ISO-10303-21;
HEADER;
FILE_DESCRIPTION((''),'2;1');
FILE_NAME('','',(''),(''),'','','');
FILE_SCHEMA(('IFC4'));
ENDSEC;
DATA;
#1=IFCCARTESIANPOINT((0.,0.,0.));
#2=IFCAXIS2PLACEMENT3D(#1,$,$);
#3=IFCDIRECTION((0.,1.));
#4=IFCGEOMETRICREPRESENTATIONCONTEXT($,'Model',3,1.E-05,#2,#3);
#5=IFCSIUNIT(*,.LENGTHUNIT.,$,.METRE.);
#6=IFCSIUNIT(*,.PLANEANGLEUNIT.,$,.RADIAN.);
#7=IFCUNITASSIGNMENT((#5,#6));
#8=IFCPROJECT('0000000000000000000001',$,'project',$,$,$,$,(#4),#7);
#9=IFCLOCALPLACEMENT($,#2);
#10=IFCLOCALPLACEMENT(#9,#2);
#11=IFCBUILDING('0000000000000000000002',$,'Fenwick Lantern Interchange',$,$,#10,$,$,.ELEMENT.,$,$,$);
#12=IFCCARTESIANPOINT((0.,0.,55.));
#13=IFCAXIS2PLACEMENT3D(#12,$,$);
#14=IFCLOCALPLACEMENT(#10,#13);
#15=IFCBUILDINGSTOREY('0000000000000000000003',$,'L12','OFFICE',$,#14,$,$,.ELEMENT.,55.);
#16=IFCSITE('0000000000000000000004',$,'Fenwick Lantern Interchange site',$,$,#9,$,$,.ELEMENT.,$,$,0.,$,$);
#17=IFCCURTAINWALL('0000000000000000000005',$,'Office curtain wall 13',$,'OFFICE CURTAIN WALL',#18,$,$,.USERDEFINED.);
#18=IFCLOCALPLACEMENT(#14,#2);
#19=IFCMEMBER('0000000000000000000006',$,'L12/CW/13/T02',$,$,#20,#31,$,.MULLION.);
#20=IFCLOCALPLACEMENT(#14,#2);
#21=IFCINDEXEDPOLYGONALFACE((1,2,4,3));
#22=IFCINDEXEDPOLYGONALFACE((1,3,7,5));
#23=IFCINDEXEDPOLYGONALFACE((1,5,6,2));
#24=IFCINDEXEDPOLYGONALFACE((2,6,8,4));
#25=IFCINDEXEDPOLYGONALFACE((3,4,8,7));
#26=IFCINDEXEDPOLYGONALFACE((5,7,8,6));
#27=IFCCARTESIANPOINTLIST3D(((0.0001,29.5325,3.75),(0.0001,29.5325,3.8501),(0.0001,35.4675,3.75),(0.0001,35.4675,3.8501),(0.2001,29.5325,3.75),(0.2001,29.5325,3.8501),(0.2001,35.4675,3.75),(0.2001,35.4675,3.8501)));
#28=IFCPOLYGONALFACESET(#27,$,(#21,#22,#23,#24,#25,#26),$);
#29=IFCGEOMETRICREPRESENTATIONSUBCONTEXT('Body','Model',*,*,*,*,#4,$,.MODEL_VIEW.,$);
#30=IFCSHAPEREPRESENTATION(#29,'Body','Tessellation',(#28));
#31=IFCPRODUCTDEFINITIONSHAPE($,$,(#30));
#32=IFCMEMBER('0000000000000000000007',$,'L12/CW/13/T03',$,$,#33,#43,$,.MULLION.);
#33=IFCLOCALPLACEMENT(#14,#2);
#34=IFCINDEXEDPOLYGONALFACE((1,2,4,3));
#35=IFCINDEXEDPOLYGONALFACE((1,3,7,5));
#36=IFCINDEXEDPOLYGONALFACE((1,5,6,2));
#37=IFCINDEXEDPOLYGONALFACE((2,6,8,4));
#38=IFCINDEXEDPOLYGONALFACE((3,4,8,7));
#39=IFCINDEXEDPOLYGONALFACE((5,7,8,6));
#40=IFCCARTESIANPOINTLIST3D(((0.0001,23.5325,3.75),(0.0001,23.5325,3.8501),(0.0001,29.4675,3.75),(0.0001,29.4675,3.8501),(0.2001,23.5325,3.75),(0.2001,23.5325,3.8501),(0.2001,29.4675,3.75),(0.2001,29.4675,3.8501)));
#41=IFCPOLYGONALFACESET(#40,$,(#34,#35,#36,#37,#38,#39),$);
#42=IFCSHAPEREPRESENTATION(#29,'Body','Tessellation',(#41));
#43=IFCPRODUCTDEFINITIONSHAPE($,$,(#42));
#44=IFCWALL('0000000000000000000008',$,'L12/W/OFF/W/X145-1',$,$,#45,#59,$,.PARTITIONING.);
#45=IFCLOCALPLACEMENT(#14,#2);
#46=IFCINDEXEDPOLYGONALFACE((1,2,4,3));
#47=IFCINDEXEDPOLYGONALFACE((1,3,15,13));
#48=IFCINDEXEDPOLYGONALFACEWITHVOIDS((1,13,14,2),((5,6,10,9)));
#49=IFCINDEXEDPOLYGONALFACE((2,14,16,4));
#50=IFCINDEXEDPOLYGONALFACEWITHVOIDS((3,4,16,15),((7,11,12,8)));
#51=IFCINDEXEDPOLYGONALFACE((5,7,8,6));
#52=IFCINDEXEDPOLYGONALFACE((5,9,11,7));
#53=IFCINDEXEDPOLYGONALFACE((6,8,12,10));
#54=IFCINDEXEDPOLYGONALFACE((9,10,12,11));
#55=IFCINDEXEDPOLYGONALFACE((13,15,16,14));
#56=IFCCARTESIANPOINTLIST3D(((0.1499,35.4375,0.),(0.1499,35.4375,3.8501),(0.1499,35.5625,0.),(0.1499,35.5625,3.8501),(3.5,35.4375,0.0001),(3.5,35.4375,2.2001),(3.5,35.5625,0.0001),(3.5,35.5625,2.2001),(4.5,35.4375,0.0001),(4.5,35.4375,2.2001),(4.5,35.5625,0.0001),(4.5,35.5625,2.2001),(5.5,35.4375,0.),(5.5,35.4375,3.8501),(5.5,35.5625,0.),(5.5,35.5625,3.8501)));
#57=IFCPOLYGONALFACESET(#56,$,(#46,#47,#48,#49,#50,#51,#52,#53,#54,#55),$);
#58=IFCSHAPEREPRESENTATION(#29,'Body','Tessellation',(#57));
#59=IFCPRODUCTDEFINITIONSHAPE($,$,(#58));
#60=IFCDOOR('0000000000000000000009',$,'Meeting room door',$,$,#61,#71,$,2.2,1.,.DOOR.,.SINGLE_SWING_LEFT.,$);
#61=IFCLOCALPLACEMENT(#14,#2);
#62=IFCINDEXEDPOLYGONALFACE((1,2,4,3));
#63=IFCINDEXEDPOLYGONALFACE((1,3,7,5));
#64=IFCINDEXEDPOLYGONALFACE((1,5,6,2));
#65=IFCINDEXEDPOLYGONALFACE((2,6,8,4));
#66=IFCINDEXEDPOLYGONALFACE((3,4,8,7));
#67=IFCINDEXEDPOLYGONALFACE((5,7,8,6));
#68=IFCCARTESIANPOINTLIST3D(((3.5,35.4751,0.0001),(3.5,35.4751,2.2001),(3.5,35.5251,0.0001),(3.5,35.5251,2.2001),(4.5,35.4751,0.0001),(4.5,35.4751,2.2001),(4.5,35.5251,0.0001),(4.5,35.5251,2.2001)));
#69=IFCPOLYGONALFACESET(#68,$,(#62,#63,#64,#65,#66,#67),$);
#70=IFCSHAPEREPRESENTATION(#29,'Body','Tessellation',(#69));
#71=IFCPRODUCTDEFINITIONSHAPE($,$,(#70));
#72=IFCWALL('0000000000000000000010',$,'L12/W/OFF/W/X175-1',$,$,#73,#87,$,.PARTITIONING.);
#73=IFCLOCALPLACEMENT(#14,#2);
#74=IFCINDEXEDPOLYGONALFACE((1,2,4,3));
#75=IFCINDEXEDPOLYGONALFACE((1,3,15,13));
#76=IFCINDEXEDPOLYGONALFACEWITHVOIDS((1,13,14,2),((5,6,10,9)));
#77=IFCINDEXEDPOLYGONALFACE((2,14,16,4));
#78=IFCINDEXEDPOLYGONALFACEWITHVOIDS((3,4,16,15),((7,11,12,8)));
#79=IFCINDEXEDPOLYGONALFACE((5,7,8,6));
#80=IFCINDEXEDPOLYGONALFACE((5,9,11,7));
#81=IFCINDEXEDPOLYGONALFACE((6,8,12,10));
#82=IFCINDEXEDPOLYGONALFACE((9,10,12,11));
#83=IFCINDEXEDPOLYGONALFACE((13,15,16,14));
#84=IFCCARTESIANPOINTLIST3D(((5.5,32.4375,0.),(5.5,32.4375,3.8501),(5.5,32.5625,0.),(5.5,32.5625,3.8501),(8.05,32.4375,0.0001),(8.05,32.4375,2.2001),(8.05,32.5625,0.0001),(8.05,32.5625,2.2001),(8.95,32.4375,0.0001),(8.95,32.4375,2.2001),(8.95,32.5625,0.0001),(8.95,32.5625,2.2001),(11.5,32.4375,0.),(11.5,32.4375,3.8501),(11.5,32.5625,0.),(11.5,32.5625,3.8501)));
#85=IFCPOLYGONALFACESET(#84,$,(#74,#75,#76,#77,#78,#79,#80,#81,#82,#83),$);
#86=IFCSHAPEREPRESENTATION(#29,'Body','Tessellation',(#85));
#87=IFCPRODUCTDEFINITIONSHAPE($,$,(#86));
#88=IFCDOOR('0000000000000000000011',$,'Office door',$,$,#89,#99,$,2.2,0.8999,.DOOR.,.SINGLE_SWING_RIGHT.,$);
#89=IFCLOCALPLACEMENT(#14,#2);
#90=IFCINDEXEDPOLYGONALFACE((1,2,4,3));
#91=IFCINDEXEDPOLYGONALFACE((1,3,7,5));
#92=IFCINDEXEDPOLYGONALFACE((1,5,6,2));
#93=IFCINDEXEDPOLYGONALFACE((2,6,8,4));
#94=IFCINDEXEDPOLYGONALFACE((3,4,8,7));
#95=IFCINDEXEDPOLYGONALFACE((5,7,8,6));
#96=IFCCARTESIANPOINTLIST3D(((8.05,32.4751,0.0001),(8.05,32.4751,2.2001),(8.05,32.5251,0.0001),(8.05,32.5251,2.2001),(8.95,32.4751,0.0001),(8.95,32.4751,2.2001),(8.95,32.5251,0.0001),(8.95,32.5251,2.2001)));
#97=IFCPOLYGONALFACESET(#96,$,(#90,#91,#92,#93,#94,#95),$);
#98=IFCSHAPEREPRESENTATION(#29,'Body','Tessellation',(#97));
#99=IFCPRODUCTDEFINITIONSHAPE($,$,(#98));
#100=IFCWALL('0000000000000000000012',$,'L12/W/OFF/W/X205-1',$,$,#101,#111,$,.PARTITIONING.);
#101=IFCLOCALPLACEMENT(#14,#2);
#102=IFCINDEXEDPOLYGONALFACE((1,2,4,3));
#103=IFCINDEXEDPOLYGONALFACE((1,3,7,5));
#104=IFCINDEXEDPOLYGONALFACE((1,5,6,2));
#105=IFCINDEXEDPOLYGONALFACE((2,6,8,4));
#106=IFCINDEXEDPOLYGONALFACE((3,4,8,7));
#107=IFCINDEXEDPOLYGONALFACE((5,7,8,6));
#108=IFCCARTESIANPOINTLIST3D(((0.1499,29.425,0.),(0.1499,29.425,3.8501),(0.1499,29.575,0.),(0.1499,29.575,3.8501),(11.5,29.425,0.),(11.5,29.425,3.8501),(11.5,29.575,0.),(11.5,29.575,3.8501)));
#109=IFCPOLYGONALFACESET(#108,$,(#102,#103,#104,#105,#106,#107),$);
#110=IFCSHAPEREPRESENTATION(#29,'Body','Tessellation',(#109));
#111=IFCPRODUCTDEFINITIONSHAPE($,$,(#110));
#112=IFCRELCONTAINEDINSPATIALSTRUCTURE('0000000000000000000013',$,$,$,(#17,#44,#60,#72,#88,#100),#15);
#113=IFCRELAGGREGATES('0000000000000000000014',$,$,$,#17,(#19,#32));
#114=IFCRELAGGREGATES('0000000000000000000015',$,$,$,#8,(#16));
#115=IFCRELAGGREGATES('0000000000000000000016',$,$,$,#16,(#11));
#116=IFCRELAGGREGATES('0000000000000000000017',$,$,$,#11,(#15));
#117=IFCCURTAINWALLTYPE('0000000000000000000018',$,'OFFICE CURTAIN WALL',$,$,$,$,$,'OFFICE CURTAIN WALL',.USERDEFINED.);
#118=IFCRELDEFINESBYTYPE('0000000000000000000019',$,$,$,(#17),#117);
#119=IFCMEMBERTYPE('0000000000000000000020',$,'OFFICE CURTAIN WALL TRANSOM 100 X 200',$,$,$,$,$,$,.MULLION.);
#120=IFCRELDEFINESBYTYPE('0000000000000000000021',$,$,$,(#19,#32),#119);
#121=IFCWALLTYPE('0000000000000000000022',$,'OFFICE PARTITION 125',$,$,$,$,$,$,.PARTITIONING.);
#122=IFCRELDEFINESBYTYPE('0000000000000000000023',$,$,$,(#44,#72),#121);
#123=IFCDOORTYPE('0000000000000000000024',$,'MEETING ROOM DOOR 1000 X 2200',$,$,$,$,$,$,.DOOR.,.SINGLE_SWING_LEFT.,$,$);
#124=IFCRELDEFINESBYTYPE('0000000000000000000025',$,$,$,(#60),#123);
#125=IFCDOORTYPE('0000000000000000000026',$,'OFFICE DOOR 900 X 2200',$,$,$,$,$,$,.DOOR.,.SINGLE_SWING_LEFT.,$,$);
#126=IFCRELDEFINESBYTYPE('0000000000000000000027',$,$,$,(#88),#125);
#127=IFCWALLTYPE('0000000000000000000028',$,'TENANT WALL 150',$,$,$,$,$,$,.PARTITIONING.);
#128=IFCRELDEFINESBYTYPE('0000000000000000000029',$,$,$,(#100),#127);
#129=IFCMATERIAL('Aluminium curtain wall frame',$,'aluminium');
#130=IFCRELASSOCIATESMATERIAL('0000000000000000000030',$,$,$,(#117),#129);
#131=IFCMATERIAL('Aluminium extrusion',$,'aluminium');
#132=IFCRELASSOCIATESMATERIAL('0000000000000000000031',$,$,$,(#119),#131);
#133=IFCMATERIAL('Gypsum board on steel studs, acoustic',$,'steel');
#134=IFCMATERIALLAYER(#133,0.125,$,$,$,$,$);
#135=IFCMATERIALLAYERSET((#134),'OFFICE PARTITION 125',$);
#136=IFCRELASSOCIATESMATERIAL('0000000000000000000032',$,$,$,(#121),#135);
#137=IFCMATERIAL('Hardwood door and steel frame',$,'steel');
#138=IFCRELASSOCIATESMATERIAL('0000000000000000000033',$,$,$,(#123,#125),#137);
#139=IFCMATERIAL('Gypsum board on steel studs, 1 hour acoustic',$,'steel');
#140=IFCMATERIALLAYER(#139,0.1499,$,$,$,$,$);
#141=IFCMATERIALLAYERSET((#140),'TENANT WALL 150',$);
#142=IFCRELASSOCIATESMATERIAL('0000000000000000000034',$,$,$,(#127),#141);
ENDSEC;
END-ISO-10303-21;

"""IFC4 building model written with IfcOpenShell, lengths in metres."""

from ifc_helpers import new_model, si_unit, direction, frame, frame_2d, origin, origin_2d, place, context, subcontext, project, spatial, rectangle, extrude, material, layer, layer_set, material_profile, profile_set, type_object, element, fill, aggregate, save


model = new_model("IFC4")

# Units and contexts
model_context = context("Model", 3, precision=1e-05, world=origin(), true_north=direction((0.0, 1.0)))
body_context = subcontext(model_context, "Body", "Model", "MODEL_VIEW")
ifc_project = project(units=[si_unit("LENGTHUNIT", "METRE"), si_unit("PLANEANGLEUNIT", "RADIAN")], contexts=[model_context])

# Site, building, storey
site_placement = place(None, origin())
site = spatial("IfcSite", under=ifc_project, at=site_placement, Name="Fenwick Lantern Interchange site", CompositionType="ELEMENT", RefElevation=0.0)
building_placement = place(site_placement, origin())
building = spatial("IfcBuilding", under=site, at=building_placement, Name="Fenwick Lantern Interchange", CompositionType="ELEMENT")
storey_placement = place(building_placement, frame((0.0, 0.0, 55.0)))
storey = spatial("IfcBuildingStorey", under=building, at=storey_placement, Name="L12", Description="OFFICE", CompositionType="ELEMENT", Elevation=55.0)

# Curtain wall, members
ifc_material_1 = material(Name="Aluminium curtain wall frame", Category="aluminium")
curtain_wall_type = type_object("IfcCurtainWallType", Name="OFFICE CURTAIN WALL", ElementType="OFFICE CURTAIN WALL", PredefinedType="USERDEFINED", material=ifc_material_1)
curtain_wall_placement = place(storey_placement, origin())
curtain_wall = element("IfcCurtainWall", 1, at=curtain_wall_placement, inside=storey, type_object=curtain_wall_type, Name="Office curtain wall 13", ObjectType="OFFICE CURTAIN WALL", PredefinedType="USERDEFINED")
ifc_material_2 = material(Name="Aluminium extrusion", Category="aluminium")
ifc_material_profile_1 = material_profile(ifc_material_2, rectangle(XDim=0.2, YDim=0.1001, at=origin_2d()), Name="OFFICE CURTAIN WALL TRANSOM 100 X 200")
ifc_profile_set_1 = profile_set([ifc_material_profile_1], Name="Aluminium extrusion")
member_type_1 = type_object("IfcMemberType", Name="OFFICE CURTAIN WALL TRANSOM 100 X 200", PredefinedType="MULLION", material=ifc_profile_set_1)
member_1_placement = place(storey_placement, frame((0.1001, 35.4675, 3.8), z_axis=(0.0, -1.0, 0.0), x_axis=(1.0, 0.0, 0.0)))
member_1 = element("IfcMember", 2, at=member_1_placement, type_object=member_type_1, Name="L12/CW/13/T02", PredefinedType="MULLION", context=body_context, shape_type="SweptSolid", body=[
    extrude(rectangle(XDim=0.2, YDim=0.1001, at=origin_2d()), origin(), (0.0, 0.0, 1.0), 5.9351),
])
member_2_placement = place(storey_placement, frame((0.1001, 29.4675, 3.8), z_axis=(0.0, -1.0, 0.0), x_axis=(1.0, 0.0, 0.0)))
member_2 = element("IfcMember", 3, at=member_2_placement, type_object=member_type_1, Name="L12/CW/13/T03", PredefinedType="MULLION", context=body_context, shape_type="SweptSolid", body=[
    extrude(rectangle(XDim=0.2, YDim=0.1001, at=origin_2d()), origin(), (0.0, 0.0, 1.0), 5.9351),
])
aggregate(curtain_wall, [member_1, member_2])

# Walls, openings, doors
ifc_material_3 = material(Name="Gypsum board on steel studs, acoustic", Category="steel")
ifc_layer_1 = layer(ifc_material_3, 0.125)
ifc_layer_set_1 = layer_set([ifc_layer_1], Name="OFFICE PARTITION 125")
wall_type_1 = type_object("IfcWallType", Name="OFFICE PARTITION 125", PredefinedType="PARTITIONING", material=ifc_layer_set_1)
wall_1_placement = place(storey_placement, frame((0.1499, 35.5, 0.0), z_axis=(0.0, 0.0, 1.0), x_axis=(1.0, 0.0, 0.0)))
wall_1 = element("IfcWall", 4, at=wall_1_placement, inside=storey, type_object=wall_type_1, Name="L12/W/OFF/W/X145-1", PredefinedType="PARTITIONING", context=body_context, shape_type="SweptSolid", body=[
    extrude(rectangle(XDim=5.3501, YDim=0.125, at=frame_2d((2.675, 0.0))), origin(), (0.0, 0.0, 1.0), 3.8501),
])
opening_1_placement = place(wall_1_placement, frame((3.3501, 0.0, 0.0)))
opening_1 = element("IfcOpeningElement", 5, at=opening_1_placement, cuts=wall_1, PredefinedType="OPENING", context=body_context, shape_type="SweptSolid", body=[
    extrude(rectangle(XDim=1.0, YDim=2.2, at=frame_2d((0.5, 1.1001))), frame((0.0, 0.0725, 0.0), z_axis=(0.0, -1.0, 0.0), x_axis=(1.0, 0.0, 0.0)), (0.0, 0.0, 1.0), 0.145),
])
ifc_material_4 = material(Name="Hardwood door and steel frame", Category="steel")
door_type_1 = type_object("IfcDoorType", Name="MEETING ROOM DOOR 1000 X 2200", OperationType="SINGLE_SWING_LEFT", PredefinedType="DOOR", material=ifc_material_4)
door_1_placement = place(opening_1_placement, frame((1.0, 0.0, 0.0), z_axis=(0.0, 0.0, 1.0), x_axis=(-1.0, 0.0, 0.0)))
door_1 = element("IfcDoor", 6, at=door_1_placement, inside=storey, type_object=door_type_1, Name="Meeting room door", OperationType="SINGLE_SWING_LEFT", OverallHeight=2.2, OverallWidth=1.0, PredefinedType="DOOR", context=body_context, shape_type="SweptSolid", body=[
    extrude(rectangle(XDim=1.0, YDim=2.2, at=frame_2d((0.5, 1.1001))), frame((0.0, 0.0249, 0.0), z_axis=(0.0, -1.0, 0.0), x_axis=(1.0, 0.0, 0.0)), (0.0, 0.0, 1.0), 0.05),
])
fill(opening_1, door_1)
wall_2_placement = place(storey_placement, frame((5.5, 32.5, 0.0), z_axis=(0.0, 0.0, 1.0), x_axis=(1.0, 0.0, 0.0)))
wall_2 = element("IfcWall", 7, at=wall_2_placement, inside=storey, type_object=wall_type_1, Name="L12/W/OFF/W/X175-1", PredefinedType="PARTITIONING", context=body_context, shape_type="SweptSolid", body=[
    extrude(rectangle(XDim=6.0, YDim=0.125, at=frame_2d((3.0, 0.0))), origin(), (0.0, 0.0, 1.0), 3.8501),
])
opening_2_placement = place(wall_2_placement, frame((2.55, 0.0, 0.0)))
opening_2 = element("IfcOpeningElement", 8, at=opening_2_placement, cuts=wall_2, PredefinedType="OPENING", context=body_context, shape_type="SweptSolid", body=[
    extrude(rectangle(XDim=0.8999, YDim=2.2, at=frame_2d((0.45, 1.1001))), frame((0.0, 0.0725, 0.0), z_axis=(0.0, -1.0, 0.0), x_axis=(1.0, 0.0, 0.0)), (0.0, 0.0, 1.0), 0.145),
])
door_type_2 = type_object("IfcDoorType", Name="OFFICE DOOR 900 X 2200", OperationType="SINGLE_SWING_LEFT", PredefinedType="DOOR", material=ifc_material_4)
door_2_placement = place(opening_2_placement, frame((0.8999, 0.0, 0.0), z_axis=(0.0, 0.0, 1.0), x_axis=(-1.0, 0.0, 0.0)))
door_2 = element("IfcDoor", 9, at=door_2_placement, inside=storey, type_object=door_type_2, Name="Office door", OperationType="SINGLE_SWING_RIGHT", OverallHeight=2.2, OverallWidth=0.8999, PredefinedType="DOOR", context=body_context, shape_type="SweptSolid", body=[
    extrude(rectangle(XDim=0.8999, YDim=2.2, at=frame_2d((0.45, 1.1001))), frame((0.0, 0.0249, 0.0), z_axis=(0.0, -1.0, 0.0), x_axis=(1.0, 0.0, 0.0)), (0.0, 0.0, 1.0), 0.05),
])
fill(opening_2, door_2)

# Wall
ifc_material_5 = material(Name="Gypsum board on steel studs, 1 hour acoustic", Category="steel")
ifc_layer_2 = layer(ifc_material_5, 0.1499)
ifc_layer_set_2 = layer_set([ifc_layer_2], Name="TENANT WALL 150")
wall_type_2 = type_object("IfcWallType", Name="TENANT WALL 150", PredefinedType="PARTITIONING", material=ifc_layer_set_2)
wall_3_placement = place(storey_placement, frame((0.1499, 29.5, 0.0), z_axis=(0.0, 0.0, 1.0), x_axis=(1.0, 0.0, 0.0)))
element("IfcWall", 10, at=wall_3_placement, inside=storey, type_object=wall_type_2, Name="L12/W/OFF/W/X205-1", PredefinedType="PARTITIONING", context=body_context, shape_type="SweptSolid", body=[
    extrude(rectangle(XDim=11.3501, YDim=0.1499, at=frame_2d((5.675, 0.0))), origin(), (0.0, 0.0, 1.0), 3.8501),
])

save(model, "model.ifc")
